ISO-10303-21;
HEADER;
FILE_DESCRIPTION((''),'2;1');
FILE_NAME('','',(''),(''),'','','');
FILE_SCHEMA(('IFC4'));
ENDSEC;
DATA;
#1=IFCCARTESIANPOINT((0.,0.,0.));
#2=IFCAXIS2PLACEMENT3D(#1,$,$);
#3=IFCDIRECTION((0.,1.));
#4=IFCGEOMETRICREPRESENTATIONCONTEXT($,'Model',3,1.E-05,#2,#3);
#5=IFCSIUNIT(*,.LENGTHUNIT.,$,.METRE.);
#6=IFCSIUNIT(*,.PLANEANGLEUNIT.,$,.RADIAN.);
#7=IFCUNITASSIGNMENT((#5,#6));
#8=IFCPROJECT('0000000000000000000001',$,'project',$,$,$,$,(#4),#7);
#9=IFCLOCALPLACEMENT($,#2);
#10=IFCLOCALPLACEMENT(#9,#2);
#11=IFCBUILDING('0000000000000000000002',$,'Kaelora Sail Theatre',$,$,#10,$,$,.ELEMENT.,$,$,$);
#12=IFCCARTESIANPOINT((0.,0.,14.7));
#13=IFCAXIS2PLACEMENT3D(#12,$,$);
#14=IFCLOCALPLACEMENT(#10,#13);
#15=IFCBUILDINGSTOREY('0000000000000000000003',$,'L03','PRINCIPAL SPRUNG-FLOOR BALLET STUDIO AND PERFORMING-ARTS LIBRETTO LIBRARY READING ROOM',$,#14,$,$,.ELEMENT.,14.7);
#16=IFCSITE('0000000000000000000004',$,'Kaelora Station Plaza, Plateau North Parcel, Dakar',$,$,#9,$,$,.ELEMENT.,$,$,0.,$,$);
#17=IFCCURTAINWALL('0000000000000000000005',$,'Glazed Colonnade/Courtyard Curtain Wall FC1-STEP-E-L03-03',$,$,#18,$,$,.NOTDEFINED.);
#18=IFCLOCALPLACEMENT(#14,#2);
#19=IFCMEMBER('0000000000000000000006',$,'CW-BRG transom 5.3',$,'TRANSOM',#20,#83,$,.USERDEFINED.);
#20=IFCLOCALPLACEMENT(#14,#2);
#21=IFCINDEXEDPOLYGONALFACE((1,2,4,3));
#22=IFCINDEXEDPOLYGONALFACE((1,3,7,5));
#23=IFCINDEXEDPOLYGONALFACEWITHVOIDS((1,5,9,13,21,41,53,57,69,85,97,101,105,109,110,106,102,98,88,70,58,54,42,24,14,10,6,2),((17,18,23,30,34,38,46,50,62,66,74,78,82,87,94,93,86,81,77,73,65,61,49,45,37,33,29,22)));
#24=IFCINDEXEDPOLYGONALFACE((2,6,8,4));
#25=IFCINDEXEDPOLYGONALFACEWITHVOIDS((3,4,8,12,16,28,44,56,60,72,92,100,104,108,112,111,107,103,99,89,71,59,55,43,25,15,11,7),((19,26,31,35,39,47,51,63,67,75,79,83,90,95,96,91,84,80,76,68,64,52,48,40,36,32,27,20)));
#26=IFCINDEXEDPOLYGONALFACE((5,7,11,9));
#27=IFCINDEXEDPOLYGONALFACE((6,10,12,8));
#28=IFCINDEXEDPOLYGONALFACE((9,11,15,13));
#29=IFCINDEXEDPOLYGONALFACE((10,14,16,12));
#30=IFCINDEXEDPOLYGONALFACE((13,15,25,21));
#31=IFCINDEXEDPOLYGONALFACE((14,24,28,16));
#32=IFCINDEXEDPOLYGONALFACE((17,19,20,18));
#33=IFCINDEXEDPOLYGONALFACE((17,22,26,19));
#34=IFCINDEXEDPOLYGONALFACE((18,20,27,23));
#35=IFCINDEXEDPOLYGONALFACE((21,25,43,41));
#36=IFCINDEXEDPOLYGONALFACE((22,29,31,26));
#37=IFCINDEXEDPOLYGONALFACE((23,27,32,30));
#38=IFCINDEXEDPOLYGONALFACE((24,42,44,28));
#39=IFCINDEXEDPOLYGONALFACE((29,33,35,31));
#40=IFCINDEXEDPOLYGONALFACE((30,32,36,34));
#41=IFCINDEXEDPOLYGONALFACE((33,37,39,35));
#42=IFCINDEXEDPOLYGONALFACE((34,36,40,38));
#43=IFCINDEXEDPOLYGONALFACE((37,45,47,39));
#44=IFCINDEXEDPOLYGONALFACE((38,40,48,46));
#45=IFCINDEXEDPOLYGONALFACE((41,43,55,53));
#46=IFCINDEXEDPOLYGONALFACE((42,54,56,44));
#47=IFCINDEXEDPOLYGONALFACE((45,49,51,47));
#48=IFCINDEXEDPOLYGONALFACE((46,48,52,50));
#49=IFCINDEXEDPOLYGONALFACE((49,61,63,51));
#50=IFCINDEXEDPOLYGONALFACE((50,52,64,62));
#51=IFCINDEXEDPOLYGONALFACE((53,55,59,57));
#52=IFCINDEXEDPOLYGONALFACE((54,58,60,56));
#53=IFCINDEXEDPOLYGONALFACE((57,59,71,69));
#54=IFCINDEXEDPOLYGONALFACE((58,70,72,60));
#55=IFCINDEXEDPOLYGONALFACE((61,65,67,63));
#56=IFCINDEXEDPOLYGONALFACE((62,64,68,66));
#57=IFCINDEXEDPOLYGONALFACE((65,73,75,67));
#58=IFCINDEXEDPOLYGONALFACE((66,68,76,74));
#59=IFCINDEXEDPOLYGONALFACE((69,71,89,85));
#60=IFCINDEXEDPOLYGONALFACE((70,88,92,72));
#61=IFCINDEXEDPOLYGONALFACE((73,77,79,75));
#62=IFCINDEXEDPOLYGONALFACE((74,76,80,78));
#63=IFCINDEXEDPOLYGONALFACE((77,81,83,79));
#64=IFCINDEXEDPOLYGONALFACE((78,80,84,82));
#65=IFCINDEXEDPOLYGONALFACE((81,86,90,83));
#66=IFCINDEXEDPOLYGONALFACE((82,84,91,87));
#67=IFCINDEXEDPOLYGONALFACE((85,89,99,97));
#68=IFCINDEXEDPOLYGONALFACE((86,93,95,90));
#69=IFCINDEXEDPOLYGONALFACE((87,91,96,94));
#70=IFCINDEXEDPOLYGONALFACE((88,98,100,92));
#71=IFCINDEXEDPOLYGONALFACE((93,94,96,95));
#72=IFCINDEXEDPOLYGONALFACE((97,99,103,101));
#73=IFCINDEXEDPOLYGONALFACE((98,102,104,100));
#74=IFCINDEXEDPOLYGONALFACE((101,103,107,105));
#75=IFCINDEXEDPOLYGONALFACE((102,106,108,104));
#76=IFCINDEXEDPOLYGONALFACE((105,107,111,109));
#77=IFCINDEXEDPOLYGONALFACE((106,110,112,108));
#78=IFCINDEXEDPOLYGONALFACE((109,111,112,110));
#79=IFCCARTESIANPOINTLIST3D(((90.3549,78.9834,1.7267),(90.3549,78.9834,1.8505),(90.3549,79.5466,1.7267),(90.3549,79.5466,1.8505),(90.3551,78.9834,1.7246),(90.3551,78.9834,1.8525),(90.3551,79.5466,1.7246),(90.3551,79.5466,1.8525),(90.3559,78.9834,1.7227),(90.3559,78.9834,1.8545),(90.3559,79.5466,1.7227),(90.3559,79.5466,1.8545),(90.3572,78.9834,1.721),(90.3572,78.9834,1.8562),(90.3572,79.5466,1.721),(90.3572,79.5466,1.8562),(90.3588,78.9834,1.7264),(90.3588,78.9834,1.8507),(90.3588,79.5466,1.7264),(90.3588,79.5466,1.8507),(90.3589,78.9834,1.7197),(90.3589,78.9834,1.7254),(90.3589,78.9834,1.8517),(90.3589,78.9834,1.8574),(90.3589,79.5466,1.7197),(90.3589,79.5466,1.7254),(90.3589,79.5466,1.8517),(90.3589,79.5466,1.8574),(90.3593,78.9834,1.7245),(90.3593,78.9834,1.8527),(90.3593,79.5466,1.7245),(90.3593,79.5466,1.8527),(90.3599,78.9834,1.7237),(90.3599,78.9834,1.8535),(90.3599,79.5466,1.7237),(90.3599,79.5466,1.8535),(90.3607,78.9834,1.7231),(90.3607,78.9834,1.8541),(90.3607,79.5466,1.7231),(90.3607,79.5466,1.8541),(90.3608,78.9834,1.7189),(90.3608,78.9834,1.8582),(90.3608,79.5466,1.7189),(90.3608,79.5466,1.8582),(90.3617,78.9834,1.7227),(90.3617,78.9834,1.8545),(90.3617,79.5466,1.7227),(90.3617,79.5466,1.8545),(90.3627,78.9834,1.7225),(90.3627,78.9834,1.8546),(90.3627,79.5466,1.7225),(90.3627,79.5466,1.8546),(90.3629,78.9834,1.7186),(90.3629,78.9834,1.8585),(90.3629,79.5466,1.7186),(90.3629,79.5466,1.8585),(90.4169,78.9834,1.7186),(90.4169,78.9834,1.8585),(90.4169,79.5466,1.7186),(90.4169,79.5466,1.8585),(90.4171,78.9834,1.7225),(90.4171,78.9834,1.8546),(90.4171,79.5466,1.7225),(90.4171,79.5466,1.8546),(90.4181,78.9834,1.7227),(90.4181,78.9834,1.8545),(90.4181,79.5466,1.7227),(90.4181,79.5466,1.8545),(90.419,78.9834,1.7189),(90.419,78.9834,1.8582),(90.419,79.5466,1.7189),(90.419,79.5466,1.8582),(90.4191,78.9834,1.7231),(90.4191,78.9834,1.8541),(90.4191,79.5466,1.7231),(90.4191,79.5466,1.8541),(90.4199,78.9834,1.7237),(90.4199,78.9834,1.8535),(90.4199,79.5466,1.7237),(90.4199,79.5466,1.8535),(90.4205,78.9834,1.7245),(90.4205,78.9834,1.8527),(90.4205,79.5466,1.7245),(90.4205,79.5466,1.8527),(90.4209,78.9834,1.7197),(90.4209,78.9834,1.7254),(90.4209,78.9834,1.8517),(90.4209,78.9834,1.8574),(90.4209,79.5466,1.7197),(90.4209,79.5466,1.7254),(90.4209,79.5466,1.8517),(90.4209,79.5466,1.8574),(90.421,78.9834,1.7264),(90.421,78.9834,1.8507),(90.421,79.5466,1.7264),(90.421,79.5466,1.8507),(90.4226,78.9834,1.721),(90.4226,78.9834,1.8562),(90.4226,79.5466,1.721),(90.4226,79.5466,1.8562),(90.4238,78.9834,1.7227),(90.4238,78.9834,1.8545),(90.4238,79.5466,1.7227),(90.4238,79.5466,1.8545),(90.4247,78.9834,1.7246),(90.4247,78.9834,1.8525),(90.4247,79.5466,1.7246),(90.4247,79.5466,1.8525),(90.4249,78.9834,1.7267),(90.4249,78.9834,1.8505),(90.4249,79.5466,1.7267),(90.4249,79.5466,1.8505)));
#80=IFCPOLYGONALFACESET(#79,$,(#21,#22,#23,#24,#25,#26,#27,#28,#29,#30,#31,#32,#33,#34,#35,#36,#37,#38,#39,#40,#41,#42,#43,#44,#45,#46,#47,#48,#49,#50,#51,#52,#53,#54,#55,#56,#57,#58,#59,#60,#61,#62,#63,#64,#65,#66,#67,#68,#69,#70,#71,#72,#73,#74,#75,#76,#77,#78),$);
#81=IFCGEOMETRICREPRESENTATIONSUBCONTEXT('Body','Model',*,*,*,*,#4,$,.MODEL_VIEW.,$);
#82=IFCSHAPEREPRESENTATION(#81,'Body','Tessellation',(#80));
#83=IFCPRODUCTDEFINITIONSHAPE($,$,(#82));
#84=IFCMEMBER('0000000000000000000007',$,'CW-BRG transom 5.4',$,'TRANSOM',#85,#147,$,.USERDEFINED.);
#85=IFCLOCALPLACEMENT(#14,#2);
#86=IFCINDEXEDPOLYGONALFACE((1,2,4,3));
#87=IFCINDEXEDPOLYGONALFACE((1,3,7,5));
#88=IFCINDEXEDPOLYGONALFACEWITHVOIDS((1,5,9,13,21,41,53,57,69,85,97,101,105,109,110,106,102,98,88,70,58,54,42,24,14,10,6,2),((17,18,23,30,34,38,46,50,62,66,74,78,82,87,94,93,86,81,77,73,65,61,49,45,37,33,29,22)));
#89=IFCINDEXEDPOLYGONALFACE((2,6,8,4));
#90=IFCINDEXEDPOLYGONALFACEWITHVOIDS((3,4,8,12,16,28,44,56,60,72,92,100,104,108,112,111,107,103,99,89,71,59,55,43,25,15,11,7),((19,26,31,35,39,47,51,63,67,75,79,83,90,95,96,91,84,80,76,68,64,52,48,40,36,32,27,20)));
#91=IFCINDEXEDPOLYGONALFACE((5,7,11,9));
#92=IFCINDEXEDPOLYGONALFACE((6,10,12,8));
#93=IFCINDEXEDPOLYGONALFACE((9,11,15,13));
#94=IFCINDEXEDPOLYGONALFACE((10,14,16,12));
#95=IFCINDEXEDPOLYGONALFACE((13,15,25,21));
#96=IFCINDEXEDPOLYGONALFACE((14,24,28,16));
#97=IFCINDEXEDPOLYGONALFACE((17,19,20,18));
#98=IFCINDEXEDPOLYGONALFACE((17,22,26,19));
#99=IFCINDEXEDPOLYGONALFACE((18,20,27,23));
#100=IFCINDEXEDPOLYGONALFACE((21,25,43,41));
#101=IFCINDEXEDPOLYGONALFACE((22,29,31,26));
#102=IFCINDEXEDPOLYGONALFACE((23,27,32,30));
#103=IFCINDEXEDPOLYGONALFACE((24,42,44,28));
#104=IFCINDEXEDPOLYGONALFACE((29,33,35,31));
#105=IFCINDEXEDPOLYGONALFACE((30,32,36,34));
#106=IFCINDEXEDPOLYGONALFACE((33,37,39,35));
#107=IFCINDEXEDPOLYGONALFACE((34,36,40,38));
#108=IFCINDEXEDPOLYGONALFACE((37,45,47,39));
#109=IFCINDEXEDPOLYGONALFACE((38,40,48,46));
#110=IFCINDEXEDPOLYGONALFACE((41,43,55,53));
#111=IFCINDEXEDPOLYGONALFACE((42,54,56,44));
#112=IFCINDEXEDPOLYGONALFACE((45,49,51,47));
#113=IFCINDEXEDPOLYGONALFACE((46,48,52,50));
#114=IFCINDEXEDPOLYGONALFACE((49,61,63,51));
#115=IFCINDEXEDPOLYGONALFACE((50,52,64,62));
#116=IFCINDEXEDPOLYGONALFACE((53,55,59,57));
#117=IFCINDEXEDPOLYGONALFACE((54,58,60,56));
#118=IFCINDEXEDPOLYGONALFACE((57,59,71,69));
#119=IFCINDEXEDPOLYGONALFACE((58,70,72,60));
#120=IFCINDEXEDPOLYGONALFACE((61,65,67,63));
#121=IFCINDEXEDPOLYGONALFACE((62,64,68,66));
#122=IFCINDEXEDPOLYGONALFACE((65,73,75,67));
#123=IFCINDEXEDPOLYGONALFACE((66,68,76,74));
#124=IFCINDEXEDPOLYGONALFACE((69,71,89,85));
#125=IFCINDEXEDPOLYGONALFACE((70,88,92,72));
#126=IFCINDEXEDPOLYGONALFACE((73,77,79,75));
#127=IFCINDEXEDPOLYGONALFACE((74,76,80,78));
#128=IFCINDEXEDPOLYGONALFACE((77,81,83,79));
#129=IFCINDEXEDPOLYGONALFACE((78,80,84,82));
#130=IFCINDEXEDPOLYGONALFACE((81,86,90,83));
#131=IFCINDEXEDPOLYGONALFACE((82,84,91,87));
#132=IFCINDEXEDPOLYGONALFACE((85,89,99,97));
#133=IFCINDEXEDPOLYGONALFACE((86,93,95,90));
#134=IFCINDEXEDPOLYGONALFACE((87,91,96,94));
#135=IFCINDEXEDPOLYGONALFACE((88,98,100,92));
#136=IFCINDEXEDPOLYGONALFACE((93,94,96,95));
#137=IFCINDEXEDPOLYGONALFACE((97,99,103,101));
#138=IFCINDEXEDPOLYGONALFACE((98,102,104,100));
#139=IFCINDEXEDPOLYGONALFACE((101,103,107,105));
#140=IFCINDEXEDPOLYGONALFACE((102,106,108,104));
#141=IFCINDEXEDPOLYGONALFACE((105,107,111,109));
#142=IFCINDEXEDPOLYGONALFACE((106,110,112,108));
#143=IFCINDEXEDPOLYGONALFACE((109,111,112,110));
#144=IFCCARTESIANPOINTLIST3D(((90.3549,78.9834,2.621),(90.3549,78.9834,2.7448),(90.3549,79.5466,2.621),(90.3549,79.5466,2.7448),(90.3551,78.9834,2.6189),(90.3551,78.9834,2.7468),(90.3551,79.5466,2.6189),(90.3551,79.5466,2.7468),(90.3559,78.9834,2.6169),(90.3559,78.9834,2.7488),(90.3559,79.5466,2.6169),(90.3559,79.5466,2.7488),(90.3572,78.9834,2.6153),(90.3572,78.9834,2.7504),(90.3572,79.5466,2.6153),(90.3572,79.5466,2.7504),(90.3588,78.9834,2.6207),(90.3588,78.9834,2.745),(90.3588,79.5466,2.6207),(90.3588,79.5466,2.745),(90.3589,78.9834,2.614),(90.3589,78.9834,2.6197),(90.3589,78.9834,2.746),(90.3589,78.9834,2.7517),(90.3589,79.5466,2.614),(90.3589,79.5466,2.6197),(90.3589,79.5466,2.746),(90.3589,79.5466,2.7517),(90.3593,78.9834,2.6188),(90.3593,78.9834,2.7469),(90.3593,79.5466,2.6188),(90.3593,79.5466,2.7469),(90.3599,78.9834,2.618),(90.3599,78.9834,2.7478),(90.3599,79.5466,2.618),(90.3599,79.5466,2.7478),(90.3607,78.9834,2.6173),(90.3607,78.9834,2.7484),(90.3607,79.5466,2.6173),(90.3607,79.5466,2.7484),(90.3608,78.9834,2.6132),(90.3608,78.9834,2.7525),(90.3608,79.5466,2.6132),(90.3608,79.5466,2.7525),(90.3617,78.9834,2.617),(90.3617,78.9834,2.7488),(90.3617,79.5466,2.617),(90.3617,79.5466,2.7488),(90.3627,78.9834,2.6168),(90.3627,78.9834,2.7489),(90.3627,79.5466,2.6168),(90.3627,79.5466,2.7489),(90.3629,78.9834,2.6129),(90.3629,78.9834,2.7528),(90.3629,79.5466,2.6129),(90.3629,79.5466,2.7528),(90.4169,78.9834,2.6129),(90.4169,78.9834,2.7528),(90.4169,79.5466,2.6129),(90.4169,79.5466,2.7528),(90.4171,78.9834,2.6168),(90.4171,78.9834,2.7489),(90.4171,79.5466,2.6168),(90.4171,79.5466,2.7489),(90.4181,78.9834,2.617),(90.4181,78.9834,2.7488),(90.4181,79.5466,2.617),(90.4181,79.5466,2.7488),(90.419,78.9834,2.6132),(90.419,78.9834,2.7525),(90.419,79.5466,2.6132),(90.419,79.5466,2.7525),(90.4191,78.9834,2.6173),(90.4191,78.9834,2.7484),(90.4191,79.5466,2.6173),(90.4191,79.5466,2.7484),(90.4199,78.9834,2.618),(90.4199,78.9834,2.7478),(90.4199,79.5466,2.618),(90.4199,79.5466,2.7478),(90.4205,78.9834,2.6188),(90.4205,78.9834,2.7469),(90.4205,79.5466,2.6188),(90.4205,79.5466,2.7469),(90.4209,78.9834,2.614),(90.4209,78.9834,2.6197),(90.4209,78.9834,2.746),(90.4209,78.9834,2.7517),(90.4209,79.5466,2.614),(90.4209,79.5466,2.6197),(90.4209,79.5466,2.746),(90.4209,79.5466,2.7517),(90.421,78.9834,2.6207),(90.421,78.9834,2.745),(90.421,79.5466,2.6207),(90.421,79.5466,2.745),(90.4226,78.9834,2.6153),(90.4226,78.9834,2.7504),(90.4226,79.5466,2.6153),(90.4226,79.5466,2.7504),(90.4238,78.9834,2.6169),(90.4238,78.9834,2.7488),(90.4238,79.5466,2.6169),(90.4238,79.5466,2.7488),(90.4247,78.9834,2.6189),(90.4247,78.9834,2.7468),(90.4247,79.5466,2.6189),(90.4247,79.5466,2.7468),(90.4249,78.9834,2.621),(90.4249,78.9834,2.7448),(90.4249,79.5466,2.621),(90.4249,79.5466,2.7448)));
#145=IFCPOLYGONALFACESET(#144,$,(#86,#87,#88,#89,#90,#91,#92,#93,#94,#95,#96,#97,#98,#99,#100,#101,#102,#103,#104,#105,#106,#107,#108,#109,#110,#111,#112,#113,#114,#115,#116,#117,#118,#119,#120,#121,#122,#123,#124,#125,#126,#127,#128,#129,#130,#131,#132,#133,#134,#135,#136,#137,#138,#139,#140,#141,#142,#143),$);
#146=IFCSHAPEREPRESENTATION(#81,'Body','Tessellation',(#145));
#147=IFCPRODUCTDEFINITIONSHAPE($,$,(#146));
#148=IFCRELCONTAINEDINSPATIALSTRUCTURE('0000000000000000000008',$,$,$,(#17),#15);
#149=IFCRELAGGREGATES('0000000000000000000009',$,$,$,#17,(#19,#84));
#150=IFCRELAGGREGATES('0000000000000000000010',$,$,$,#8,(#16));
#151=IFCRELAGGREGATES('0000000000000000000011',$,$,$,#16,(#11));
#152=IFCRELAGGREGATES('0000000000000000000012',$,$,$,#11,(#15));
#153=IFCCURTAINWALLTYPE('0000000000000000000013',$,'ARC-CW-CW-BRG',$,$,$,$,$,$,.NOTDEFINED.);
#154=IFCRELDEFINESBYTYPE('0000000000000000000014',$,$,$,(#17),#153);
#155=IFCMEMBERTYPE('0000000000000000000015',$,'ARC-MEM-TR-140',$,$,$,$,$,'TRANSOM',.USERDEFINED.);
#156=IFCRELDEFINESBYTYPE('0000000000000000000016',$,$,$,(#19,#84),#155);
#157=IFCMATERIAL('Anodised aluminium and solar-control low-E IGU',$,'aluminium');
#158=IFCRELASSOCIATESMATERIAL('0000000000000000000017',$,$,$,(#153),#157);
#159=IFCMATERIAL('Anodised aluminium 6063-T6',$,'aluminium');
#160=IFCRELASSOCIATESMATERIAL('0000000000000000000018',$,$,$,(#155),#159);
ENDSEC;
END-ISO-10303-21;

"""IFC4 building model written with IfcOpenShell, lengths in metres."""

from ifc_helpers import new_model, si_unit, direction, frame, origin, origin_2d, place, context, subcontext, project, spatial, hollow_rectangle, extrude, material, material_profile, profile_set, type_object, element, aggregate, save


model = new_model("IFC4")

# Units and contexts
model_context = context("Model", 3, precision=1e-05, world=origin(), true_north=direction((0.0, 1.0)))
body_context = subcontext(model_context, "Body", "Model", "MODEL_VIEW")
ifc_project = project(units=[si_unit("LENGTHUNIT", "METRE"), si_unit("PLANEANGLEUNIT", "RADIAN")], contexts=[model_context])

# Site, building, storey
site_placement = place(None, origin())
site = spatial("IfcSite", under=ifc_project, at=site_placement, Name="Kaelora Station Plaza, Plateau North Parcel, Dakar", CompositionType="ELEMENT", RefElevation=0.0)
building_placement = place(site_placement, origin())
building = spatial("IfcBuilding", under=site, at=building_placement, Name="Kaelora Sail Theatre", CompositionType="ELEMENT")
storey_placement = place(building_placement, frame((0.0, 0.0, 14.7)))
storey = spatial("IfcBuildingStorey", under=building, at=storey_placement, Name="L03", Description="PRINCIPAL SPRUNG-FLOOR BALLET STUDIO AND PERFORMING-ARTS LIBRETTO LIBRARY READING ROOM", CompositionType="ELEMENT", Elevation=14.7)

# Curtain wall, members
ifc_material_1 = material(Name="Anodised aluminium and solar-control low-E IGU", Category="aluminium")
curtain_wall_type = type_object("IfcCurtainWallType", Name="ARC-CW-CW-BRG", PredefinedType="NOTDEFINED", material=ifc_material_1)
curtain_wall_placement = place(storey_placement, origin())
curtain_wall = element("IfcCurtainWall", 1, at=curtain_wall_placement, inside=storey, type_object=curtain_wall_type, Name="Glazed Colonnade/Courtyard Curtain Wall FC1-STEP-E-L03-03", PredefinedType="NOTDEFINED")
ifc_material_2 = material(Name="Anodised aluminium 6063-T6", Category="aluminium")
ifc_material_profile_1 = material_profile(ifc_material_2, hollow_rectangle(XDim=0.0701, YDim=0.1399, WallThickness=0.0039, InnerFilletRadius=0.0039, OuterFilletRadius=0.0081, at=origin_2d()), Name="ALU-TRAN 70x140x4")
ifc_profile_set_1 = profile_set([ifc_material_profile_1], Name="Anodised aluminium 6063-T6")
member_type_1 = type_object("IfcMemberType", Name="ARC-MEM-TR-140", ElementType="TRANSOM", PredefinedType="USERDEFINED", material=ifc_profile_set_1)
member_1_placement = place(storey_placement, frame((90.3899, 78.9834, 1.7886), z_axis=(0.0, 1.0, 0.0), x_axis=(-1.0, 0.0, 0.0)))
member_1 = element("IfcMember", 2, at=member_1_placement, type_object=member_type_1, Name="CW-BRG transom 5.3", ObjectType="TRANSOM", PredefinedType="USERDEFINED", context=body_context, shape_type="SweptSolid", body=[
    extrude(hollow_rectangle(XDim=0.0701, YDim=0.1399, WallThickness=0.0039, InnerFilletRadius=0.0039, OuterFilletRadius=0.0081, at=origin_2d()), origin(), (0.0, 0.0, 1.0), 0.5632),
])
member_2_placement = place(storey_placement, frame((90.3899, 78.9834, 2.6829), z_axis=(0.0, 1.0, 0.0), x_axis=(-1.0, 0.0, 0.0)))
member_2 = element("IfcMember", 3, at=member_2_placement, type_object=member_type_1, Name="CW-BRG transom 5.4", ObjectType="TRANSOM", PredefinedType="USERDEFINED", context=body_context, shape_type="SweptSolid", body=[
    extrude(hollow_rectangle(XDim=0.0701, YDim=0.1399, WallThickness=0.0039, InnerFilletRadius=0.0039, OuterFilletRadius=0.0081, at=origin_2d()), origin(), (0.0, 0.0, 1.0), 0.5632),
])
aggregate(curtain_wall, [member_1, member_2])

save(model, "model.ifc")
